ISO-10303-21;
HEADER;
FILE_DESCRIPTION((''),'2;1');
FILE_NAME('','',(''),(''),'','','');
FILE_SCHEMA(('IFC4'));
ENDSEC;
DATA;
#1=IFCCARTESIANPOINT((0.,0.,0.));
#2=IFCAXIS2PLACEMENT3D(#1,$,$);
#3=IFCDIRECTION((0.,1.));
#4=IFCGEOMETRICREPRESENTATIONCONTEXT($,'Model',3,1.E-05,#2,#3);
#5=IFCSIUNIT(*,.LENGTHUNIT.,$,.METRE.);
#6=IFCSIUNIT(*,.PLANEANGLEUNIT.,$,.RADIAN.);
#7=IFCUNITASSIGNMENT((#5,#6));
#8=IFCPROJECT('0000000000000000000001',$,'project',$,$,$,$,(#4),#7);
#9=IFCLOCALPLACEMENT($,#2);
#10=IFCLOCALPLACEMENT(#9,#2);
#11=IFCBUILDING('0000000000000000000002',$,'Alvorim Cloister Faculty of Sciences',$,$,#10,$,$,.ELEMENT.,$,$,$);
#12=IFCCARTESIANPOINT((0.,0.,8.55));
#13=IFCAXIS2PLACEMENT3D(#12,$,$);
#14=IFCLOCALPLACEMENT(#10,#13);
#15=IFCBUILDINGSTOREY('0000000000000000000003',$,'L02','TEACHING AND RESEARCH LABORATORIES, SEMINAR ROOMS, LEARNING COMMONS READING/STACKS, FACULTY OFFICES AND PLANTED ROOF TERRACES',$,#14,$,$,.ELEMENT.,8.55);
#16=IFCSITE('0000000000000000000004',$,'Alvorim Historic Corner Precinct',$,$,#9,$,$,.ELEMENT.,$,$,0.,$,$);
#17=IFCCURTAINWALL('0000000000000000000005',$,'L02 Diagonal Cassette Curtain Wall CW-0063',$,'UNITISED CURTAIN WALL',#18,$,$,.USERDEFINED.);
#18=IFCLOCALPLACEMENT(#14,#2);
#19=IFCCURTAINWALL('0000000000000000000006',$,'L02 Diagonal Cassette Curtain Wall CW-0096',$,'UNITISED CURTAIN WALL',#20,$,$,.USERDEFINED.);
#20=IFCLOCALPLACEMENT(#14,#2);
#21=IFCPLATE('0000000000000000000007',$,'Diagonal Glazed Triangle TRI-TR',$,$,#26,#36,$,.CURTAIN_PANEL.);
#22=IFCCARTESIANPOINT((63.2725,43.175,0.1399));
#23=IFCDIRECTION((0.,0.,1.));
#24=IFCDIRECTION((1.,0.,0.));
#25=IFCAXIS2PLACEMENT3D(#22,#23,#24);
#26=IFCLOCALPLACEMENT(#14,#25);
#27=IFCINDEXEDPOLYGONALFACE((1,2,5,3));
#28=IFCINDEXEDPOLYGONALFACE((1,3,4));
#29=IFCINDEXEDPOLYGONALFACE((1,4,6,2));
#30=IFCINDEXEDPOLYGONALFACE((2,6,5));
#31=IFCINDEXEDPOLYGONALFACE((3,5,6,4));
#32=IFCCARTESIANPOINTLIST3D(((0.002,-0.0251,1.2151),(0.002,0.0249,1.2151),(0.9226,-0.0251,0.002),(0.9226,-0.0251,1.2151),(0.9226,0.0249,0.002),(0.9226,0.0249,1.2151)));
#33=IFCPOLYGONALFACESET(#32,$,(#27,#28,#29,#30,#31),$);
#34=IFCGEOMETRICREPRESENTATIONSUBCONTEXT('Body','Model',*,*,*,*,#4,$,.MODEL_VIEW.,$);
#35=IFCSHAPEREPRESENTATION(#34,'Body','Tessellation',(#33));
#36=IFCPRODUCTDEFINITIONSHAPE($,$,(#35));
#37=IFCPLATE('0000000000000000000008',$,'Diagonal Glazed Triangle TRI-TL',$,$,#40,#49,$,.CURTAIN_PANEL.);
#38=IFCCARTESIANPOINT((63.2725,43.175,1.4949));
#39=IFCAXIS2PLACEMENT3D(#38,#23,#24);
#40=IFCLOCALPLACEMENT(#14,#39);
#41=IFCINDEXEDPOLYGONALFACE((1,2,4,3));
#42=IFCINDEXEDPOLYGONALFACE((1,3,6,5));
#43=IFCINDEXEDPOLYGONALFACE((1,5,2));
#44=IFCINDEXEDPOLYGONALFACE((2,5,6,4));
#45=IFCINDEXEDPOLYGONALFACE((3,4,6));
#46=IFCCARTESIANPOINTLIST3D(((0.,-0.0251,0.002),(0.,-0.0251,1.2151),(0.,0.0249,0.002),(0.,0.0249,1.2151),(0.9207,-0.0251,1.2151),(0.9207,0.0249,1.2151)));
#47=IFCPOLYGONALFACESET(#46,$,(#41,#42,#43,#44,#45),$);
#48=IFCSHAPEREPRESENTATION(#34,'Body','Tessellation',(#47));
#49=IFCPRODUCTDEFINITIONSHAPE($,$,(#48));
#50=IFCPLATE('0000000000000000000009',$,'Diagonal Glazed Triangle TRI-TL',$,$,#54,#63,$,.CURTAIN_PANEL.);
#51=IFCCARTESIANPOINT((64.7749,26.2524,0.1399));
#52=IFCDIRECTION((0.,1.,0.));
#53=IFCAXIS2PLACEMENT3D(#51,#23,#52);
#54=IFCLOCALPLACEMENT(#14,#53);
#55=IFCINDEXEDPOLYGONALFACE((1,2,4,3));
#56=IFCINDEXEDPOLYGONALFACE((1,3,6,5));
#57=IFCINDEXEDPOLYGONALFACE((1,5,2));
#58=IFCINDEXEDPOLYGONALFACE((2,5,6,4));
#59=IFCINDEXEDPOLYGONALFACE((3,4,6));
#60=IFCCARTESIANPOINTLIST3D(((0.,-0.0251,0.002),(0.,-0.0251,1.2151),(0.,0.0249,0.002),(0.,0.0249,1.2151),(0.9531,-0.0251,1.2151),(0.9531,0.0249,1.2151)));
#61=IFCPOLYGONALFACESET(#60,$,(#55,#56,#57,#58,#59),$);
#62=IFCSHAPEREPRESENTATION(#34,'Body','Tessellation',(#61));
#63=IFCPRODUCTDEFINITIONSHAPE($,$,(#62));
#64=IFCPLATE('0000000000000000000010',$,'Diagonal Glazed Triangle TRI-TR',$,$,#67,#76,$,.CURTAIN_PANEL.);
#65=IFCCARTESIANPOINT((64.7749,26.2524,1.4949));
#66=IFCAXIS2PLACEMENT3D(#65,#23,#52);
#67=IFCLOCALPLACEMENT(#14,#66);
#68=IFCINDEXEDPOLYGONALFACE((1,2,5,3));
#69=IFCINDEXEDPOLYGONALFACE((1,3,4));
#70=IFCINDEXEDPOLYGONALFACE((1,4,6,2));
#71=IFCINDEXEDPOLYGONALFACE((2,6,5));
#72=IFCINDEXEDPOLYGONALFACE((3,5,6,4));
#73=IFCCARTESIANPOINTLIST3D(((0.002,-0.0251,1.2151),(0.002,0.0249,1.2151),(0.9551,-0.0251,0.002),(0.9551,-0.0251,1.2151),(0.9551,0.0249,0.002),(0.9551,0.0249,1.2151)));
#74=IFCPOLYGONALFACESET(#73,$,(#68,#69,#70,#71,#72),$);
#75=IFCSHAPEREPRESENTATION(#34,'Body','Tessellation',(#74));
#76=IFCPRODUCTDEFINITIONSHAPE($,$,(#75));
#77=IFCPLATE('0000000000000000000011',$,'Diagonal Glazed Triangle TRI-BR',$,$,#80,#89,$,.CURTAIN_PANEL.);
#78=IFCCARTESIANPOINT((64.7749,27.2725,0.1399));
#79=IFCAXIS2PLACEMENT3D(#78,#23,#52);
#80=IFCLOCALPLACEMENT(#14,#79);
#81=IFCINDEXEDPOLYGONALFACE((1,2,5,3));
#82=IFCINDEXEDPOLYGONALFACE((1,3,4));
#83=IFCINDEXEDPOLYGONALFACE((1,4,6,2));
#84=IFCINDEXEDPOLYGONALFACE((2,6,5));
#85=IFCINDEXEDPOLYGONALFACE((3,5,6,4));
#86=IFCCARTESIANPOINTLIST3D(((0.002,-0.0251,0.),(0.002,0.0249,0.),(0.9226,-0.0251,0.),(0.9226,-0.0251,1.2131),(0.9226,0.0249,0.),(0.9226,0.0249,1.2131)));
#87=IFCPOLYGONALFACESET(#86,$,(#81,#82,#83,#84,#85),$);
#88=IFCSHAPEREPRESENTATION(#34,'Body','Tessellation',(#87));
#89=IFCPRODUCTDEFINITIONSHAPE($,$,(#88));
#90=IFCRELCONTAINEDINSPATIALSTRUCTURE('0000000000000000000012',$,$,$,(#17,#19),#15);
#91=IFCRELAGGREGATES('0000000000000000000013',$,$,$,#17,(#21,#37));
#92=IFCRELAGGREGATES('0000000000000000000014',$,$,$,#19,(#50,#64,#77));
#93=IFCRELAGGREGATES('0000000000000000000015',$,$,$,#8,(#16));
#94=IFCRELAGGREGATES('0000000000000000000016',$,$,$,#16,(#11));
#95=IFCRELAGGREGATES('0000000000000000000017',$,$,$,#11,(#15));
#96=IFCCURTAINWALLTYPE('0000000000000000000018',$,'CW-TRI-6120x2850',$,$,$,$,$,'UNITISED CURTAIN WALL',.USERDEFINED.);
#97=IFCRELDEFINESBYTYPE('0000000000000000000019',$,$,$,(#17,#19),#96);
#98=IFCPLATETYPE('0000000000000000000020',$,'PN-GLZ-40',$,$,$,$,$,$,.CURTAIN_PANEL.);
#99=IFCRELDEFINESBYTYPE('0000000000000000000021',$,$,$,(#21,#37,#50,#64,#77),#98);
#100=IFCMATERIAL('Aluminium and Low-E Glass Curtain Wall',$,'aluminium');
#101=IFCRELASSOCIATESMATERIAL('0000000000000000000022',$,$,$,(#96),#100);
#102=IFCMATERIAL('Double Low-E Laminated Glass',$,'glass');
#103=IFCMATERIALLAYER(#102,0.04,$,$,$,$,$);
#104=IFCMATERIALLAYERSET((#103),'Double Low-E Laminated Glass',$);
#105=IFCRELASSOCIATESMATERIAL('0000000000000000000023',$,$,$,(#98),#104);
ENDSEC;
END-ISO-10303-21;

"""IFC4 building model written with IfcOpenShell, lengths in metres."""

from ifc_helpers import new_model, si_unit, direction, frame, origin, place, context, subcontext, project, spatial, polyline, outline, extrude, material, layer, layer_set, type_object, element, aggregate, save


model = new_model("IFC4")

# Units and contexts
model_context = context("Model", 3, precision=1e-05, world=origin(), true_north=direction((0.0, 1.0)))
body_context = subcontext(model_context, "Body", "Model", "MODEL_VIEW")
ifc_project = project(units=[si_unit("LENGTHUNIT", "METRE"), si_unit("PLANEANGLEUNIT", "RADIAN")], contexts=[model_context])

# Site, building, storey
site_placement = place(None, origin())
site = spatial("IfcSite", under=ifc_project, at=site_placement, Name="Alvorim Historic Corner Precinct", CompositionType="ELEMENT", RefElevation=0.0)
building_placement = place(site_placement, origin())
building = spatial("IfcBuilding", under=site, at=building_placement, Name="Alvorim Cloister Faculty of Sciences", CompositionType="ELEMENT")
storey_placement = place(building_placement, frame((0.0, 0.0, 8.55)))
storey = spatial("IfcBuildingStorey", under=building, at=storey_placement, Name="L02", Description="TEACHING AND RESEARCH LABORATORIES, SEMINAR ROOMS, LEARNING COMMONS READING/STACKS, FACULTY OFFICES AND PLANTED ROOF TERRACES", CompositionType="ELEMENT", Elevation=8.55)

# Curtain walls
ifc_material_1 = material(Name="Aluminium and Low-E Glass Curtain Wall", Category="aluminium")
curtain_wall_type = type_object("IfcCurtainWallType", Name="CW-TRI-6120x2850", ElementType="UNITISED CURTAIN WALL", PredefinedType="USERDEFINED", material=ifc_material_1)
curtain_wall_1_placement = place(storey_placement, origin())
curtain_wall_1 = element("IfcCurtainWall", 1, at=curtain_wall_1_placement, inside=storey, type_object=curtain_wall_type, Name="L02 Diagonal Cassette Curtain Wall CW-0063", ObjectType="UNITISED CURTAIN WALL", PredefinedType="USERDEFINED")
curtain_wall_2_placement = place(storey_placement, origin())
curtain_wall_2 = element("IfcCurtainWall", 2, at=curtain_wall_2_placement, inside=storey, type_object=curtain_wall_type, Name="L02 Diagonal Cassette Curtain Wall CW-0096", ObjectType="UNITISED CURTAIN WALL", PredefinedType="USERDEFINED")

# Plates
ifc_material_2 = material(Name="Double Low-E Laminated Glass", Category="glass")
ifc_layer_1 = layer(ifc_material_2, 0.04)
ifc_layer_set_1 = layer_set([ifc_layer_1], Name="Double Low-E Laminated Glass")
plate_type = type_object("IfcPlateType", Name="PN-GLZ-40", PredefinedType="CURTAIN_PANEL", material=ifc_layer_set_1)
plate_1_placement = place(storey_placement, frame((63.2725, 43.175, 0.1399), z_axis=(0.0, 0.0, 1.0), x_axis=(1.0, 0.0, 0.0)))
plate_1 = element("IfcPlate", 3, at=plate_1_placement, type_object=plate_type, Name="Diagonal Glazed Triangle TRI-TR", PredefinedType="CURTAIN_PANEL", context=body_context, shape_type="SweptSolid", body=[
    extrude(outline(polyline([(0.9226, 0.002), (0.9226, 1.2151), (0.002, 1.2151), (0.9226, 0.002)])), frame((0.0, 0.0249, 0.0), z_axis=(0.0, -1.0, 0.0), x_axis=(1.0, 0.0, 0.0)), (0.0, 0.0, 1.0), 0.05),
])
plate_2_placement = place(storey_placement, frame((63.2725, 43.175, 1.4949), z_axis=(0.0, 0.0, 1.0), x_axis=(1.0, 0.0, 0.0)))
plate_2 = element("IfcPlate", 4, at=plate_2_placement, type_object=plate_type, Name="Diagonal Glazed Triangle TRI-TL", PredefinedType="CURTAIN_PANEL", context=body_context, shape_type="SweptSolid", body=[
    extrude(outline(polyline([(0.9207, 1.2151), (0.0, 1.2151), (0.0, 0.002), (0.9207, 1.2151)])), frame((0.0, 0.0249, 0.0), z_axis=(0.0, -1.0, 0.0), x_axis=(1.0, 0.0, 0.0)), (0.0, 0.0, 1.0), 0.05),
])
aggregate(curtain_wall_1, [plate_1, plate_2])
plate_3_placement = place(storey_placement, frame((64.7749, 26.2524, 0.1399), z_axis=(0.0, 0.0, 1.0), x_axis=(0.0, 1.0, 0.0)))
plate_3 = element("IfcPlate", 5, at=plate_3_placement, type_object=plate_type, Name="Diagonal Glazed Triangle TRI-TL", PredefinedType="CURTAIN_PANEL", context=body_context, shape_type="SweptSolid", body=[
    extrude(outline(polyline([(0.9531, 1.2151), (0.0, 1.2151), (0.0, 0.002), (0.9531, 1.2151)])), frame((0.0, 0.0249, 0.0), z_axis=(0.0, -1.0, 0.0), x_axis=(1.0, 0.0, 0.0)), (0.0, 0.0, 1.0), 0.05),
])
plate_4_placement = place(storey_placement, frame((64.7749, 26.2524, 1.4949), z_axis=(0.0, 0.0, 1.0), x_axis=(0.0, 1.0, 0.0)))
plate_4 = element("IfcPlate", 6, at=plate_4_placement, type_object=plate_type, Name="Diagonal Glazed Triangle TRI-TR", PredefinedType="CURTAIN_PANEL", context=body_context, shape_type="SweptSolid", body=[
    extrude(outline(polyline([(0.9551, 0.002), (0.9551, 1.2151), (0.002, 1.2151), (0.9551, 0.002)])), frame((0.0, 0.0249, 0.0), z_axis=(0.0, -1.0, 0.0), x_axis=(1.0, 0.0, 0.0)), (0.0, 0.0, 1.0), 0.05),
])
plate_5_placement = place(storey_placement, frame((64.7749, 27.2725, 0.1399), z_axis=(0.0, 0.0, 1.0), x_axis=(0.0, 1.0, 0.0)))
plate_5 = element("IfcPlate", 7, at=plate_5_placement, type_object=plate_type, Name="Diagonal Glazed Triangle TRI-BR", PredefinedType="CURTAIN_PANEL", context=body_context, shape_type="SweptSolid", body=[
    extrude(outline(polyline([(0.002, 0.0), (0.9226, 0.0), (0.9226, 1.2131), (0.002, 0.0)])), frame((0.0, 0.0249, 0.0), z_axis=(0.0, -1.0, 0.0), x_axis=(1.0, 0.0, 0.0)), (0.0, 0.0, 1.0), 0.05),
])
aggregate(curtain_wall_2, [plate_3, plate_4, plate_5])

save(model, "model.ifc")
